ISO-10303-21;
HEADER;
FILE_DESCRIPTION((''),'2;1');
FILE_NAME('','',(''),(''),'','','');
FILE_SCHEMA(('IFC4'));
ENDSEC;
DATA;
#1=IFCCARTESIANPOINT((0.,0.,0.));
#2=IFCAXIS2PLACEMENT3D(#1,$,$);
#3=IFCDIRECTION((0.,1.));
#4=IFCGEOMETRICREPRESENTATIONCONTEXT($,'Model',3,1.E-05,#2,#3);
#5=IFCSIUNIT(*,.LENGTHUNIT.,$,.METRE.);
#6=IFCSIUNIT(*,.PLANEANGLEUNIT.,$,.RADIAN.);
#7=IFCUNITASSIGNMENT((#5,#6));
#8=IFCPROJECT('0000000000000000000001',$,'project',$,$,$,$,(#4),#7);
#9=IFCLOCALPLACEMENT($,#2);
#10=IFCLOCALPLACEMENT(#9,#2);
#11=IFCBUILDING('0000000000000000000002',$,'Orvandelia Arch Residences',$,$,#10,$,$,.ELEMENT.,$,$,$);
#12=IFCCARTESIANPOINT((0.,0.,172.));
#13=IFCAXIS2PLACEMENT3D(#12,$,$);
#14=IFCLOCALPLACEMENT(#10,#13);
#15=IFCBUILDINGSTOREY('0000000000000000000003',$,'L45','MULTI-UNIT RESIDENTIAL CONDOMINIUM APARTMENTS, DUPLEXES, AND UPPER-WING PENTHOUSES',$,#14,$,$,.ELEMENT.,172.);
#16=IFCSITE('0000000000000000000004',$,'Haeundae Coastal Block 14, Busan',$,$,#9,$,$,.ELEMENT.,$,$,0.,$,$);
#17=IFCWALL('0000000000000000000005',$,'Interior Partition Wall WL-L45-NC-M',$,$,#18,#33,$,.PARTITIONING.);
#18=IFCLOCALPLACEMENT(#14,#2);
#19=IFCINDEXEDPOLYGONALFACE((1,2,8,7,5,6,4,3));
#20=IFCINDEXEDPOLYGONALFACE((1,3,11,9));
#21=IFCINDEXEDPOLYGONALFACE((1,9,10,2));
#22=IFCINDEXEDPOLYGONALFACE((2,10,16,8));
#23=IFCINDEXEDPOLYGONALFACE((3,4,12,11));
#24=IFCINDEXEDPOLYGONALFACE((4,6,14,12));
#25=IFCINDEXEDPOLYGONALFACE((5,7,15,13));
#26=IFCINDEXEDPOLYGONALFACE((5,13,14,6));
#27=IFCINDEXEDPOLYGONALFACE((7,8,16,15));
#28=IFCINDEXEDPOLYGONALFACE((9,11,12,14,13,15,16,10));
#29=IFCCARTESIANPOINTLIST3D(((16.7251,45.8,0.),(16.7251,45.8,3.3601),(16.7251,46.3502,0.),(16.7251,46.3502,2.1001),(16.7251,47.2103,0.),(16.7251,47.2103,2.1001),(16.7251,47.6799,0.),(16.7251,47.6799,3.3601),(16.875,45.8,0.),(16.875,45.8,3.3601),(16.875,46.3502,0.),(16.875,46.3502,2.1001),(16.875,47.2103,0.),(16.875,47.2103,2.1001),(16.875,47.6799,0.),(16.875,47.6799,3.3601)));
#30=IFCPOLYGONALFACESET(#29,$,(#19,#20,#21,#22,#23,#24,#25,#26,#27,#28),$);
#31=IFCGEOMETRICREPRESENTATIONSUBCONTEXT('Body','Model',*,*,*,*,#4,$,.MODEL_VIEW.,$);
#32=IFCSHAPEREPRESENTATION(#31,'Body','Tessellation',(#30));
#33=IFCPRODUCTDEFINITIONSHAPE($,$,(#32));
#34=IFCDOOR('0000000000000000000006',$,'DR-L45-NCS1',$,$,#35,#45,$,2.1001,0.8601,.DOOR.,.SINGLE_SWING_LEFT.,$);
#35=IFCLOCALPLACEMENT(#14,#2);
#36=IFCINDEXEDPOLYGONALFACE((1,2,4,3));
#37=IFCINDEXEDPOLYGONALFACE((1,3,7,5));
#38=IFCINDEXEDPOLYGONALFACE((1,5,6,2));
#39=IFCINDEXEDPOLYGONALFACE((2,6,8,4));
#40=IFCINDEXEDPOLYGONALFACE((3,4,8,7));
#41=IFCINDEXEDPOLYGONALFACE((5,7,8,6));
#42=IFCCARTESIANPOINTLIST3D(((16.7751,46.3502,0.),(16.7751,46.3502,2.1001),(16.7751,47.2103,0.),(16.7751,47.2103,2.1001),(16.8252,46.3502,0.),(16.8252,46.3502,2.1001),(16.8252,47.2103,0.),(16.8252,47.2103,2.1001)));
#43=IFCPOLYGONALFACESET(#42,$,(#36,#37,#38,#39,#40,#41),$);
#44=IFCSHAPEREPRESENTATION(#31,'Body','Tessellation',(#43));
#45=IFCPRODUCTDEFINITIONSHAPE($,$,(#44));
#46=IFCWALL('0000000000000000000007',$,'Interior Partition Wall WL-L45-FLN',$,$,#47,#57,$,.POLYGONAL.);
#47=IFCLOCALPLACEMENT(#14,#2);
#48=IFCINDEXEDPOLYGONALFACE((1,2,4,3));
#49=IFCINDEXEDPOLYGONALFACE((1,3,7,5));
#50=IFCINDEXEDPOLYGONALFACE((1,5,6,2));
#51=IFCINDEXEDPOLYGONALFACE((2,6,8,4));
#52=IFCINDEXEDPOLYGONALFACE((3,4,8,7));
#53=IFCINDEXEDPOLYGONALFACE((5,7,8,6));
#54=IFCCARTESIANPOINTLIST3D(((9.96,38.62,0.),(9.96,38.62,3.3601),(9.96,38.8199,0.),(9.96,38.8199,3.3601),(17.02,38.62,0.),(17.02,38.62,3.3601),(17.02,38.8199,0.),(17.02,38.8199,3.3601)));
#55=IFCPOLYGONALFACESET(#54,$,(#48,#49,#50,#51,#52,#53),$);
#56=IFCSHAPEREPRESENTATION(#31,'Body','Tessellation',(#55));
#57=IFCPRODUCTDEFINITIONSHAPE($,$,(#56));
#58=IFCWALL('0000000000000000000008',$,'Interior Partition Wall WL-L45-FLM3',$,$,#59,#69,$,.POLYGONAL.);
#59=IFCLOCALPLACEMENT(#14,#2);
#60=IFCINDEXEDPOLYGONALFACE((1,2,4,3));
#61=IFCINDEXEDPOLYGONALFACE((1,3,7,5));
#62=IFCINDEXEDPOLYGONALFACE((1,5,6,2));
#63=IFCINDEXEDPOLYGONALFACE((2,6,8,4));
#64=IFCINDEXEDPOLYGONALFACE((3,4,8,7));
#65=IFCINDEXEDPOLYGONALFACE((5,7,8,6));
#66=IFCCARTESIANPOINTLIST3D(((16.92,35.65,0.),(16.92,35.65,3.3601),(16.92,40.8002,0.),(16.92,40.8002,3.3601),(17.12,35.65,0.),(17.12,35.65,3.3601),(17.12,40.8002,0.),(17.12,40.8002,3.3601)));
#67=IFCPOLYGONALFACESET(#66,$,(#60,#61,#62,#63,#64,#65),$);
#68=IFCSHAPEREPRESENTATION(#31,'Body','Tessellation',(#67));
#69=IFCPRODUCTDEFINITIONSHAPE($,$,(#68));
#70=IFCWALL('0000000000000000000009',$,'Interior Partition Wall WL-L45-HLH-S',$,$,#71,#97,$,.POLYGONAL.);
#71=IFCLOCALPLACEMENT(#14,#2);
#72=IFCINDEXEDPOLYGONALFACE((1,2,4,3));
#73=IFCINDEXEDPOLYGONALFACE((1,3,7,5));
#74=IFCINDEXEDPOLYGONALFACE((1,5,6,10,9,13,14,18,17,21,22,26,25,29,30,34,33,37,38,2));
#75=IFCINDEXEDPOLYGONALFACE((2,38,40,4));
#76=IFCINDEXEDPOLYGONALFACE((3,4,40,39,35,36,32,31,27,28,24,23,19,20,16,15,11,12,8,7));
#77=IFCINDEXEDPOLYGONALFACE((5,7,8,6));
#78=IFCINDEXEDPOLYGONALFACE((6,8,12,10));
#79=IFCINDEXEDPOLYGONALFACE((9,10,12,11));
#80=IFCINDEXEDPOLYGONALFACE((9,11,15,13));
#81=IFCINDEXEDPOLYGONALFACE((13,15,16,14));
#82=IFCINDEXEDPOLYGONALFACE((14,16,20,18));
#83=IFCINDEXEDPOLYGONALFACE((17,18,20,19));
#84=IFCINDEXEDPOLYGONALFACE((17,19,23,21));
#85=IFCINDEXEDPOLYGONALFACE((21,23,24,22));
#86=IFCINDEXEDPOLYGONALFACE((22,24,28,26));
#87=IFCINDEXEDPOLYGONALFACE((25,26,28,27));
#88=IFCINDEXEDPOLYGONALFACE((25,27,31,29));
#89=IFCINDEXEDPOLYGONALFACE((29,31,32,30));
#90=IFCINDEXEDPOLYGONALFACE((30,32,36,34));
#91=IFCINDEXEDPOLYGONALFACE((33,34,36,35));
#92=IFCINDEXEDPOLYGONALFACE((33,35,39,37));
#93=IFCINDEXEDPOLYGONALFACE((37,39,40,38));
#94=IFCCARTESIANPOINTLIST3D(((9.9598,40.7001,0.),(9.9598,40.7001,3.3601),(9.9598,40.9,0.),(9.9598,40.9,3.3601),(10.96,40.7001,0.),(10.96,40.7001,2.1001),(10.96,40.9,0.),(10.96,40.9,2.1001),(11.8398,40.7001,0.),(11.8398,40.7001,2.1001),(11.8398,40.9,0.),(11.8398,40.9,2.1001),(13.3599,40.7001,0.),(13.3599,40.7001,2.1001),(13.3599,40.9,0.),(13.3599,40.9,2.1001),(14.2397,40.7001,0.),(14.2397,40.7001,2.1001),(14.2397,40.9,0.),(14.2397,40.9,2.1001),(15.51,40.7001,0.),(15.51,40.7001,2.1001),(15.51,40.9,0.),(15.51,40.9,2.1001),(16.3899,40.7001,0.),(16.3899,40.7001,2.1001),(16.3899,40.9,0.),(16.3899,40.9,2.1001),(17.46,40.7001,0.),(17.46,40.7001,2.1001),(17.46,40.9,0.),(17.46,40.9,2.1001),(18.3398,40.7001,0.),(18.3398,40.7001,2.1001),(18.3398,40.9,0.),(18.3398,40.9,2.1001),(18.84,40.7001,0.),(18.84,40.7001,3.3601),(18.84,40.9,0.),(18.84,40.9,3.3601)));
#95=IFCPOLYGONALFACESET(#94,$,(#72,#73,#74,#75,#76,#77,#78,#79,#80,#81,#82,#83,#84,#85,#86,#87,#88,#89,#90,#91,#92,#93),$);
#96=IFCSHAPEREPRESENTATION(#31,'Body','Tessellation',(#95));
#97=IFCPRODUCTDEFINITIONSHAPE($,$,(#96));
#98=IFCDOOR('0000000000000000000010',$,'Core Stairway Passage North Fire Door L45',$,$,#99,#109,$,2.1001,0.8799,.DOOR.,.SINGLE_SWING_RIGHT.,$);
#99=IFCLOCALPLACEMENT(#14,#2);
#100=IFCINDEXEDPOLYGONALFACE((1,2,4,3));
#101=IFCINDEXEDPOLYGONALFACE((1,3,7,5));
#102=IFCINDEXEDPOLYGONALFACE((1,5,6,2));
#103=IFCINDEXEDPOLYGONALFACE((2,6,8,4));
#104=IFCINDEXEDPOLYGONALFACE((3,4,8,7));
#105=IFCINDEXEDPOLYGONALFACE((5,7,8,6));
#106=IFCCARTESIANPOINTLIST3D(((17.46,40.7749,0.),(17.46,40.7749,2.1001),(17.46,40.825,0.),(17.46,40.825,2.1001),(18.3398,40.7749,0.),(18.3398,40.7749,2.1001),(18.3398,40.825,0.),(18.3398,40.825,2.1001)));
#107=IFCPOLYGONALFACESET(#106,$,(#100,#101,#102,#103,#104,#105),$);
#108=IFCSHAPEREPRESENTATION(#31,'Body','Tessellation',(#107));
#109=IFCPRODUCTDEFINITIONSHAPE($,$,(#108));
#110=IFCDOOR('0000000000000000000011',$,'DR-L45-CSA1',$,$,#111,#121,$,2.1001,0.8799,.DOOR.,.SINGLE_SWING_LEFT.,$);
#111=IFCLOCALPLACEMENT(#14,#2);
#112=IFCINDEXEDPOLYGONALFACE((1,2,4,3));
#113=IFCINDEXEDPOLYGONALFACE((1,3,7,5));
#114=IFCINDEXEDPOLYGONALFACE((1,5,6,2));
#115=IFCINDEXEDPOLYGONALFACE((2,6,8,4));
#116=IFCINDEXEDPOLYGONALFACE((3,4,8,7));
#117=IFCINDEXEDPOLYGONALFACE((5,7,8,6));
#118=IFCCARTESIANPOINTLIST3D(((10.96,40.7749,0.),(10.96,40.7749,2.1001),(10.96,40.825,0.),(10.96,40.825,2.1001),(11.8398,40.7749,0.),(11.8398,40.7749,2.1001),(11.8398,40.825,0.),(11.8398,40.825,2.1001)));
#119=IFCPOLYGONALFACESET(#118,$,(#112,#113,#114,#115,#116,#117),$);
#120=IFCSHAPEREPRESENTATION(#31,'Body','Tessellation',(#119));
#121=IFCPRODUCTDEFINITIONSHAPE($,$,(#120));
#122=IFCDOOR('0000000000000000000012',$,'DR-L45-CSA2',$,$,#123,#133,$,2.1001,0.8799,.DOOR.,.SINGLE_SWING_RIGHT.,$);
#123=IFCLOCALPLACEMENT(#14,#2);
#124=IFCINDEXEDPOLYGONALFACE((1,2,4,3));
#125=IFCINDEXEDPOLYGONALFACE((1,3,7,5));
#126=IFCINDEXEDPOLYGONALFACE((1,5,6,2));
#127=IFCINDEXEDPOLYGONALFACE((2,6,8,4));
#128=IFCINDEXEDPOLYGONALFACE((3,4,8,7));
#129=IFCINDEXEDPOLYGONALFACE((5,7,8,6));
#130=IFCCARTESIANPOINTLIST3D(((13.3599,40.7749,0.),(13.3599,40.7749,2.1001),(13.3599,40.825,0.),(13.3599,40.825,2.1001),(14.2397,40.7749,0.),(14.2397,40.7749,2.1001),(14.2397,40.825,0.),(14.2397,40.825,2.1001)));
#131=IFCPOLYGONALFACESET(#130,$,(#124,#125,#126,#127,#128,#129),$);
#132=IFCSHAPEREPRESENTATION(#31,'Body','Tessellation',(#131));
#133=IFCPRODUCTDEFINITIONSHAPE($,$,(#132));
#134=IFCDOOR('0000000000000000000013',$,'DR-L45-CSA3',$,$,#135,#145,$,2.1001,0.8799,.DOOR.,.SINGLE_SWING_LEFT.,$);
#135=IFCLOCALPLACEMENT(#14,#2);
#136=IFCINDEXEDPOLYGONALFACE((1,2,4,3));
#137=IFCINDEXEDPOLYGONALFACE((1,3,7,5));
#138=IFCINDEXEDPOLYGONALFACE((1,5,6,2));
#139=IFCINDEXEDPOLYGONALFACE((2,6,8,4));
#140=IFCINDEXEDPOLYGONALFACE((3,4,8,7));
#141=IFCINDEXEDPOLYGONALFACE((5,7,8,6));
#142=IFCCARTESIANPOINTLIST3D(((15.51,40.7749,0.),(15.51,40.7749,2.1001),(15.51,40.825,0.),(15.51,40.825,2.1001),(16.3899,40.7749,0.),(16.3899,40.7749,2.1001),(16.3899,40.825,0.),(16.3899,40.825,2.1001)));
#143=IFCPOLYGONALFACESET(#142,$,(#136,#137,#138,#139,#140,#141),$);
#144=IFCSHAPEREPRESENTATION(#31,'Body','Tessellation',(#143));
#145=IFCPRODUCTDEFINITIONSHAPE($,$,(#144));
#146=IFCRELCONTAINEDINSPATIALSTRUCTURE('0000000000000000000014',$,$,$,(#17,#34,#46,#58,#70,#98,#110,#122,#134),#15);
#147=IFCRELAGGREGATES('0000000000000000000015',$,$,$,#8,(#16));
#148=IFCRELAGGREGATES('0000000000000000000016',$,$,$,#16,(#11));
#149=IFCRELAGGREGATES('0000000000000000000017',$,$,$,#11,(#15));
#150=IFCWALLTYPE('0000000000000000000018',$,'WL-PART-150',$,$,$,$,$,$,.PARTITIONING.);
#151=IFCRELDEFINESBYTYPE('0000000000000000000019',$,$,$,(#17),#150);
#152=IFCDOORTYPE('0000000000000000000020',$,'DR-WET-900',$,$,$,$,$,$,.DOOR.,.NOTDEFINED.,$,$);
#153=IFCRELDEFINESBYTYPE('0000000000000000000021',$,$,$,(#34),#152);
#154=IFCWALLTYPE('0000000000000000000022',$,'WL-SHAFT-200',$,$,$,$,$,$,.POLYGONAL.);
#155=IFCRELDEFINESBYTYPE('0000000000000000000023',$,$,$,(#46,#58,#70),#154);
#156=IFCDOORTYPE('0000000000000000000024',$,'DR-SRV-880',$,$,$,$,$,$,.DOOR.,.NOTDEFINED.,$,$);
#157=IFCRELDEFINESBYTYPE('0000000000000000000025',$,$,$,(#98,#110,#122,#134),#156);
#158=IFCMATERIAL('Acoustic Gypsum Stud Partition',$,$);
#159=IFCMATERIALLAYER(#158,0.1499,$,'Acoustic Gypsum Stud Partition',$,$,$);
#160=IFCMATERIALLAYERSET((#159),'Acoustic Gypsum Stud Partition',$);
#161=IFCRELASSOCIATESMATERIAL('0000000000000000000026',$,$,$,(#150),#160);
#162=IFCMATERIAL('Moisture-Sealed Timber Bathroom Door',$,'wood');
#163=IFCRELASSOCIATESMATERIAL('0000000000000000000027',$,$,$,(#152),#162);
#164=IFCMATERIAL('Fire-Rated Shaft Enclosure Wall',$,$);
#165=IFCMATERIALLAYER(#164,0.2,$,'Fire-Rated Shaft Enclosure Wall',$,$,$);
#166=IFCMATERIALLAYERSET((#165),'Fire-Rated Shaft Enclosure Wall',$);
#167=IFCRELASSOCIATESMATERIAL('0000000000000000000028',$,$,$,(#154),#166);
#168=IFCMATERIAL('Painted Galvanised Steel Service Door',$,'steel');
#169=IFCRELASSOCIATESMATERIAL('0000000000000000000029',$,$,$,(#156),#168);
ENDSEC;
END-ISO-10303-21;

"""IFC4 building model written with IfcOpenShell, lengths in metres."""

from ifc_helpers import new_model, si_unit, direction, frame, frame_2d, origin, place, context, subcontext, project, spatial, rectangle, extrude, material, layer, layer_set, type_object, element, fill, save


model = new_model("IFC4")

# Units and contexts
model_context = context("Model", 3, precision=1e-05, world=origin(), true_north=direction((0.0, 1.0)))
body_context = subcontext(model_context, "Body", "Model", "MODEL_VIEW")
ifc_project = project(units=[si_unit("LENGTHUNIT", "METRE"), si_unit("PLANEANGLEUNIT", "RADIAN")], contexts=[model_context])

# Site, building, storey
site_placement = place(None, origin())
site = spatial("IfcSite", under=ifc_project, at=site_placement, Name="Haeundae Coastal Block 14, Busan", CompositionType="ELEMENT", RefElevation=0.0)
building_placement = place(site_placement, origin())
building = spatial("IfcBuilding", under=site, at=building_placement, Name="Orvandelia Arch Residences", CompositionType="ELEMENT")
storey_placement = place(building_placement, frame((0.0, 0.0, 172.0)))
storey = spatial("IfcBuildingStorey", under=building, at=storey_placement, Name="L45", Description="MULTI-UNIT RESIDENTIAL CONDOMINIUM APARTMENTS, DUPLEXES, AND UPPER-WING PENTHOUSES", CompositionType="ELEMENT", Elevation=172.0)

# Shared definitions
ifc_material_1 = material(Name="Acoustic Gypsum Stud Partition")
ifc_layer_1 = layer(ifc_material_1, 0.1499, Name="Acoustic Gypsum Stud Partition")
ifc_layer_set_1 = layer_set([ifc_layer_1], Name="Acoustic Gypsum Stud Partition")
wall_type_1 = type_object("IfcWallType", Name="WL-PART-150", PredefinedType="PARTITIONING", material=ifc_layer_set_1)

# Wall, opening, door
wall_1_placement = place(storey_placement, frame((16.8, 45.8, 0.0), z_axis=(0.0, 0.0, 1.0), x_axis=(0.0, 1.0, 0.0)))
wall_1 = element("IfcWall", 1, at=wall_1_placement, inside=storey, type_object=wall_type_1, Name="Interior Partition Wall WL-L45-NC-M", PredefinedType="PARTITIONING", context=body_context, shape_type="SweptSolid", body=[
    extrude(rectangle(XDim=1.8799, YDim=0.1499, at=frame_2d((0.9399, 0.0))), origin(), (0.0, 0.0, 1.0), 3.3601),
])
opening_1_placement = place(wall_1_placement, frame((0.55, 0.0, 0.0)))
opening_1 = element("IfcOpeningElement", 2, at=opening_1_placement, cuts=wall_1, PredefinedType="OPENING", context=body_context, shape_type="SweptSolid", body=[
    extrude(rectangle(XDim=0.8601, YDim=2.1001, at=frame_2d((0.4302, 1.05))), frame((0.0, 0.085, 0.0), z_axis=(0.0, -1.0, 0.0), x_axis=(1.0, 0.0, 0.0)), (0.0, 0.0, 1.0), 0.1699),
])
ifc_material_2 = material(Name="Moisture-Sealed Timber Bathroom Door", Category="wood")
door_type_1 = type_object("IfcDoorType", Name="DR-WET-900", OperationType="NOTDEFINED", PredefinedType="DOOR", material=ifc_material_2)
door_1_placement = place(opening_1_placement, origin())
door_1 = element("IfcDoor", 3, at=door_1_placement, inside=storey, type_object=door_type_1, Name="DR-L45-NCS1", OperationType="SINGLE_SWING_LEFT", OverallHeight=2.1001, OverallWidth=0.8601, PredefinedType="DOOR", context=body_context, shape_type="SweptSolid", body=[
    extrude(rectangle(XDim=0.8601, YDim=2.1001, at=frame_2d((0.4302, 1.05))), frame((0.0, 0.0249, 0.0), z_axis=(0.0, -1.0, 0.0), x_axis=(1.0, 0.0, 0.0)), (0.0, 0.0, 1.0), 0.05),
])
fill(opening_1, door_1)

# Walls
ifc_material_3 = material(Name="Fire-Rated Shaft Enclosure Wall")
ifc_layer_2 = layer(ifc_material_3, 0.2, Name="Fire-Rated Shaft Enclosure Wall")
ifc_layer_set_2 = layer_set([ifc_layer_2], Name="Fire-Rated Shaft Enclosure Wall")
wall_type_2 = type_object("IfcWallType", Name="WL-SHAFT-200", PredefinedType="POLYGONAL", material=ifc_layer_set_2)
wall_2_placement = place(storey_placement, frame((9.96, 38.72, 0.0), z_axis=(0.0, 0.0, 1.0), x_axis=(1.0, 0.0, 0.0)))
element("IfcWall", 4, at=wall_2_placement, inside=storey, type_object=wall_type_2, Name="Interior Partition Wall WL-L45-FLN", PredefinedType="POLYGONAL", context=body_context, shape_type="SweptSolid", body=[
    extrude(rectangle(XDim=7.0601, YDim=0.2, at=frame_2d((3.53, 0.0))), origin(), (0.0, 0.0, 1.0), 3.3601),
])
wall_3_placement = place(storey_placement, frame((17.02, 35.6499, 0.0), z_axis=(0.0, 0.0, 1.0), x_axis=(0.0, 1.0, 0.0)))
element("IfcWall", 5, at=wall_3_placement, inside=storey, type_object=wall_type_2, Name="Interior Partition Wall WL-L45-FLM3", PredefinedType="POLYGONAL", context=body_context, shape_type="SweptSolid", body=[
    extrude(rectangle(XDim=5.1501, YDim=0.2, at=frame_2d((2.5752, 0.0))), origin(), (0.0, 0.0, 1.0), 3.3601),
])

# Wall, openings, doors
wall_4_placement = place(storey_placement, frame((9.96, 40.8, 0.0), z_axis=(0.0, 0.0, 1.0), x_axis=(1.0, 0.0, 0.0)))
wall_4 = element("IfcWall", 6, at=wall_4_placement, inside=storey, type_object=wall_type_2, Name="Interior Partition Wall WL-L45-HLH-S", PredefinedType="POLYGONAL", context=body_context, shape_type="SweptSolid", body=[
    extrude(rectangle(XDim=8.8801, YDim=0.2, at=frame_2d((4.4399, 0.0))), origin(), (0.0, 0.0, 1.0), 3.3601),
])
opening_2_placement = place(wall_4_placement, frame((7.5, 0.0, 0.0)))
opening_2 = element("IfcOpeningElement", 7, at=opening_2_placement, cuts=wall_4, PredefinedType="OPENING", context=body_context, shape_type="SweptSolid", body=[
    extrude(rectangle(XDim=0.8799, YDim=2.1001, at=frame_2d((0.4399, 1.05))), frame((0.0, 0.1099, 0.0), z_axis=(0.0, -1.0, 0.0), x_axis=(1.0, 0.0, 0.0)), (0.0, 0.0, 1.0), 0.22),
])
opening_3_placement = place(wall_4_placement, frame((1.0, 0.0, 0.0)))
opening_3 = element("IfcOpeningElement", 8, at=opening_3_placement, cuts=wall_4, PredefinedType="OPENING", context=body_context, shape_type="SweptSolid", body=[
    extrude(rectangle(XDim=0.8799, YDim=2.1001, at=frame_2d((0.4399, 1.05))), frame((0.0, 0.1099, 0.0), z_axis=(0.0, -1.0, 0.0), x_axis=(1.0, 0.0, 0.0)), (0.0, 0.0, 1.0), 0.22),
])
opening_4_placement = place(wall_4_placement, frame((3.3999, 0.0, 0.0)))
opening_4 = element("IfcOpeningElement", 9, at=opening_4_placement, cuts=wall_4, PredefinedType="OPENING", context=body_context, shape_type="SweptSolid", body=[
    extrude(rectangle(XDim=0.8799, YDim=2.1001, at=frame_2d((0.4399, 1.05))), frame((0.0, 0.1099, 0.0), z_axis=(0.0, -1.0, 0.0), x_axis=(1.0, 0.0, 0.0)), (0.0, 0.0, 1.0), 0.22),
])
opening_5_placement = place(wall_4_placement, frame((5.55, 0.0, 0.0)))
opening_5 = element("IfcOpeningElement", 10, at=opening_5_placement, cuts=wall_4, PredefinedType="OPENING", context=body_context, shape_type="SweptSolid", body=[
    extrude(rectangle(XDim=0.8799, YDim=2.1001, at=frame_2d((0.4399, 1.05))), frame((0.0, 0.1099, 0.0), z_axis=(0.0, -1.0, 0.0), x_axis=(1.0, 0.0, 0.0)), (0.0, 0.0, 1.0), 0.22),
])
ifc_material_4 = material(Name="Painted Galvanised Steel Service Door", Category="steel")
door_type_2 = type_object("IfcDoorType", Name="DR-SRV-880", OperationType="NOTDEFINED", PredefinedType="DOOR", material=ifc_material_4)
door_2_placement = place(opening_2_placement, origin())
door_2 = element("IfcDoor", 11, at=door_2_placement, inside=storey, type_object=door_type_2, Name="Core Stairway Passage North Fire Door L45", OperationType="SINGLE_SWING_RIGHT", OverallHeight=2.1001, OverallWidth=0.8799, PredefinedType="DOOR", context=body_context, shape_type="SweptSolid", body=[
    extrude(rectangle(XDim=0.8799, YDim=2.1001, at=frame_2d((0.4399, 1.05))), frame((0.0, 0.0249, 0.0), z_axis=(0.0, -1.0, 0.0), x_axis=(1.0, 0.0, 0.0)), (0.0, 0.0, 1.0), 0.05),
])
fill(opening_2, door_2)
door_3_placement = place(opening_3_placement, origin())
door_3 = element("IfcDoor", 12, at=door_3_placement, inside=storey, type_object=door_type_2, Name="DR-L45-CSA1", OperationType="SINGLE_SWING_LEFT", OverallHeight=2.1001, OverallWidth=0.8799, PredefinedType="DOOR", context=body_context, shape_type="SweptSolid", body=[
    extrude(rectangle(XDim=0.8799, YDim=2.1001, at=frame_2d((0.4399, 1.05))), frame((0.0, 0.0249, 0.0), z_axis=(0.0, -1.0, 0.0), x_axis=(1.0, 0.0, 0.0)), (0.0, 0.0, 1.0), 0.05),
])
fill(opening_3, door_3)
door_4_placement = place(opening_4_placement, origin())
door_4 = element("IfcDoor", 13, at=door_4_placement, inside=storey, type_object=door_type_2, Name="DR-L45-CSA2", OperationType="SINGLE_SWING_RIGHT", OverallHeight=2.1001, OverallWidth=0.8799, PredefinedType="DOOR", context=body_context, shape_type="SweptSolid", body=[
    extrude(rectangle(XDim=0.8799, YDim=2.1001, at=frame_2d((0.4399, 1.05))), frame((0.0, 0.0249, 0.0), z_axis=(0.0, -1.0, 0.0), x_axis=(1.0, 0.0, 0.0)), (0.0, 0.0, 1.0), 0.05),
])
fill(opening_4, door_4)
door_5_placement = place(opening_5_placement, origin())
door_5 = element("IfcDoor", 14, at=door_5_placement, inside=storey, type_object=door_type_2, Name="DR-L45-CSA3", OperationType="SINGLE_SWING_LEFT", OverallHeight=2.1001, OverallWidth=0.8799, PredefinedType="DOOR", context=body_context, shape_type="SweptSolid", body=[
    extrude(rectangle(XDim=0.8799, YDim=2.1001, at=frame_2d((0.4399, 1.05))), frame((0.0, 0.0249, 0.0), z_axis=(0.0, -1.0, 0.0), x_axis=(1.0, 0.0, 0.0)), (0.0, 0.0, 1.0), 0.05),
])
fill(opening_5, door_5)

save(model, "model.ifc")
